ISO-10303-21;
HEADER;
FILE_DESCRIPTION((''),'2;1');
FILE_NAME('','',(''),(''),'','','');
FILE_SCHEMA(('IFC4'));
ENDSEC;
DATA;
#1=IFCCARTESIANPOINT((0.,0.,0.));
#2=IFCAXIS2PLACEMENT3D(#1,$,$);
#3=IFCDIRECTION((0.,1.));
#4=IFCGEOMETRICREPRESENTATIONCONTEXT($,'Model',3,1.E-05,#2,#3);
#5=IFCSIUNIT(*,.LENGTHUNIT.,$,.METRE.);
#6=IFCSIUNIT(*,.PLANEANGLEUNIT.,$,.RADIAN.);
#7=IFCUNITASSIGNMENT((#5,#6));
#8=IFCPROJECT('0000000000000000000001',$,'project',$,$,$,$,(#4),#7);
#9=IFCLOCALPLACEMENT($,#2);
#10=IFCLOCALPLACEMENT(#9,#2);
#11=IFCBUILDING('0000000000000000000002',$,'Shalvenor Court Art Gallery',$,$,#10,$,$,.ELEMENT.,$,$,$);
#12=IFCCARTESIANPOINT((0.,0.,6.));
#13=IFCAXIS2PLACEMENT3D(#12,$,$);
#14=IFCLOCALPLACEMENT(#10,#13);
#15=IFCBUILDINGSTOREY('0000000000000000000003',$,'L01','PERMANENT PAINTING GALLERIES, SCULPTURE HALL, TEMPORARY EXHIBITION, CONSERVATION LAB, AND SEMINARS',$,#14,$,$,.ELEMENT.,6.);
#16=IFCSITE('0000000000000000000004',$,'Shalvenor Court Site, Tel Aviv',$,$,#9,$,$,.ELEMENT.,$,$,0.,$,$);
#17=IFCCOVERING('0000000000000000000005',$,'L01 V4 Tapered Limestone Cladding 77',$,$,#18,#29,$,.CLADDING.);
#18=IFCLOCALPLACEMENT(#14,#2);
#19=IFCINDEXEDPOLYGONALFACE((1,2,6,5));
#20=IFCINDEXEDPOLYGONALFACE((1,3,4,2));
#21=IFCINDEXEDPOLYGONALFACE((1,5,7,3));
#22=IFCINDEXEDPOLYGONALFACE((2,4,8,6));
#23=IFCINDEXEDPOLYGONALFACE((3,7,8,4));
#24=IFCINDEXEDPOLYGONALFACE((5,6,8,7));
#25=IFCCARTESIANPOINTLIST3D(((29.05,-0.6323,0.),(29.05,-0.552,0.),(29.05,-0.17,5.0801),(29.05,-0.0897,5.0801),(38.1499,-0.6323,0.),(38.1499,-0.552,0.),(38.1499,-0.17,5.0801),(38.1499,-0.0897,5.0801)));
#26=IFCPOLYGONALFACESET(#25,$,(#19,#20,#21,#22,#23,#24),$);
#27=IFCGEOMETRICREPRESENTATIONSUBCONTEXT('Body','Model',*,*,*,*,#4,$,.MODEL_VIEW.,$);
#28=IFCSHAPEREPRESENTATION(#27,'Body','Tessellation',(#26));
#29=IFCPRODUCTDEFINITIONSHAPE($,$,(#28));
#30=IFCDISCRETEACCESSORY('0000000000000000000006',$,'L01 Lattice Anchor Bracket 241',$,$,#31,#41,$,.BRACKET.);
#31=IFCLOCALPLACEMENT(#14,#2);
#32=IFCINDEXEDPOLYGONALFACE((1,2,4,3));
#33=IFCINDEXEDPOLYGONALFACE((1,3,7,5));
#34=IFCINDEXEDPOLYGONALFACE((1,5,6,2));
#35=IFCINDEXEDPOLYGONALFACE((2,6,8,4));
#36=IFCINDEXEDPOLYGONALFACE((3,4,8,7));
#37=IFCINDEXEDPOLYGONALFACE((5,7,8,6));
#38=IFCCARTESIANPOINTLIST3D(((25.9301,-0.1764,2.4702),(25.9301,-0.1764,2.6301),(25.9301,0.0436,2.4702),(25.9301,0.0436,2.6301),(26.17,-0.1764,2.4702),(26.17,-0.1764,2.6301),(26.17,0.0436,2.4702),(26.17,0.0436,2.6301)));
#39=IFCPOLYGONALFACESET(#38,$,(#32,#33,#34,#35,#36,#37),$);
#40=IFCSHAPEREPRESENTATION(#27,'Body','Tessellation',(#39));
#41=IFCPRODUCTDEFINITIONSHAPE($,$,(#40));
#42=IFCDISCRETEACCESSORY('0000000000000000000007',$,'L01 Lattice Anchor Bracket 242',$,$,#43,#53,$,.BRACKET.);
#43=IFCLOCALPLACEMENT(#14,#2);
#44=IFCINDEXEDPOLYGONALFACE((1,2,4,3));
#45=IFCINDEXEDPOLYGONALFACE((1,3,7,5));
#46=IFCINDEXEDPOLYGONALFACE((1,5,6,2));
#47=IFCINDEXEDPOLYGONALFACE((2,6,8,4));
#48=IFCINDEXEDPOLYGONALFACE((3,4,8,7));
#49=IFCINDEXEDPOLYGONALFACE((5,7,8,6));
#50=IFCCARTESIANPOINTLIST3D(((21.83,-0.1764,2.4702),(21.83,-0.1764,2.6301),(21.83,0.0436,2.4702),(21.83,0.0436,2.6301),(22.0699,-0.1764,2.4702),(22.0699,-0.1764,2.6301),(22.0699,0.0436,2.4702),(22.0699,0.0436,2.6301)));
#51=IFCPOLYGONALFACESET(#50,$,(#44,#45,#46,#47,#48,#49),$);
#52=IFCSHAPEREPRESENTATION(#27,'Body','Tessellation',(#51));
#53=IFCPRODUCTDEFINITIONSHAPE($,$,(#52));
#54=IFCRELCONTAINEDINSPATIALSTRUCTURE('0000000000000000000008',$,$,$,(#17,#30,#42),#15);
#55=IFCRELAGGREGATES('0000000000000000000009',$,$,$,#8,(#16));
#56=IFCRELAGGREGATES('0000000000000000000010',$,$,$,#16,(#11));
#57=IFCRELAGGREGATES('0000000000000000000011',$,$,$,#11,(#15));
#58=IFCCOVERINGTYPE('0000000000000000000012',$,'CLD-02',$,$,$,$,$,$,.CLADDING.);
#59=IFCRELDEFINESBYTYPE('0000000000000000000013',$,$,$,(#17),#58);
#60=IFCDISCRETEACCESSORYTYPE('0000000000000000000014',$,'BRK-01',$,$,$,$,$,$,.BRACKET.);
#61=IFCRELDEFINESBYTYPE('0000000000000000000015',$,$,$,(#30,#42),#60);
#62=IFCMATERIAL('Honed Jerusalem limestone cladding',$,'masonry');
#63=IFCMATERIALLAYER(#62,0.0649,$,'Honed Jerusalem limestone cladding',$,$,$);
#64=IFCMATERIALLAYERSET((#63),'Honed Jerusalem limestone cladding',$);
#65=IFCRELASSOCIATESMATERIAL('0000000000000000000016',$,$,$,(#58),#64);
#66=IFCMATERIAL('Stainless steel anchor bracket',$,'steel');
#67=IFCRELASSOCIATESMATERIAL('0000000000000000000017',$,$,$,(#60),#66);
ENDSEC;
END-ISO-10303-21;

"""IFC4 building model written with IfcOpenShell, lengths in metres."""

from ifc_helpers import new_model, si_unit, direction, frame, origin, origin_2d, place, context, subcontext, project, spatial, polyline, rectangle, outline, extrude, material, layer, layer_set, type_object, element, save


model = new_model("IFC4")

# Units and contexts
model_context = context("Model", 3, precision=1e-05, world=origin(), true_north=direction((0.0, 1.0)))
body_context = subcontext(model_context, "Body", "Model", "MODEL_VIEW")
ifc_project = project(units=[si_unit("LENGTHUNIT", "METRE"), si_unit("PLANEANGLEUNIT", "RADIAN")], contexts=[model_context])

# Site, building, storey
site_placement = place(None, origin())
site = spatial("IfcSite", under=ifc_project, at=site_placement, Name="Shalvenor Court Site, Tel Aviv", CompositionType="ELEMENT", RefElevation=0.0)
building_placement = place(site_placement, origin())
building = spatial("IfcBuilding", under=site, at=building_placement, Name="Shalvenor Court Art Gallery", CompositionType="ELEMENT")
storey_placement = place(building_placement, frame((0.0, 0.0, 6.0)))
storey = spatial("IfcBuildingStorey", under=building, at=storey_placement, Name="L01", Description="PERMANENT PAINTING GALLERIES, SCULPTURE HALL, TEMPORARY EXHIBITION, CONSERVATION LAB, AND SEMINARS", CompositionType="ELEMENT", Elevation=6.0)

# Covering
ifc_material_1 = material(Name="Honed Jerusalem limestone cladding", Category="masonry")
ifc_layer_1 = layer(ifc_material_1, 0.0649, Name="Honed Jerusalem limestone cladding")
ifc_layer_set_1 = layer_set([ifc_layer_1], Name="Honed Jerusalem limestone cladding")
covering_type = type_object("IfcCoveringType", Name="CLD-02", PredefinedType="CLADDING", material=ifc_layer_set_1)
covering_placement = place(storey_placement, frame((29.05, -0.6323, 0.0), z_axis=(0.0, 0.0, 1.0), x_axis=(1.0, 0.0, 0.0)))
element("IfcCovering", 1, at=covering_placement, inside=storey, type_object=covering_type, Name="L01 V4 Tapered Limestone Cladding 77", PredefinedType="CLADDING", context=body_context, shape_type="SweptSolid", body=[
    extrude(outline(polyline([(0.0, 0.0), (9.0999, 0.0), (9.0999, 5.1011), (0.0, 5.1011), (0.0, 0.0)])), frame((0.0, 0.0, 0.0), z_axis=(0.0, -0.995884, 0.090633), x_axis=(1.0, 0.0, 0.0)), (0.0, 0.090633, -0.995884), 0.0803),
])

# Discrete accessories
ifc_material_2 = material(Name="Stainless steel anchor bracket", Category="steel")
discrete_accessory_type = type_object("IfcDiscreteAccessoryType", Name="BRK-01", PredefinedType="BRACKET", material=ifc_material_2)
for number, where, z_axis, x_axis, name in (
    (2, (26.05, -0.0664, 2.4702), (0.0, 0.0, 1.0), (-1.0, 0.0, 0.0), "L01 Lattice Anchor Bracket 241"),
    (3, (21.95, -0.0664, 2.4702), (0.0, 0.0, 1.0), (-1.0, 0.0, 0.0), "L01 Lattice Anchor Bracket 242"),
):
    element("IfcDiscreteAccessory", number, at=place(storey_placement, frame(where, z_axis=z_axis, x_axis=x_axis)), inside=storey, type_object=discrete_accessory_type, Name=name, PredefinedType="BRACKET", context=body_context, shape_type="SweptSolid", body=[
        extrude(rectangle(XDim=0.24, YDim=0.22, at=origin_2d()), origin(), (0.0, 0.0, 1.0), 0.1599),
    ])

save(model, "model.ifc")
